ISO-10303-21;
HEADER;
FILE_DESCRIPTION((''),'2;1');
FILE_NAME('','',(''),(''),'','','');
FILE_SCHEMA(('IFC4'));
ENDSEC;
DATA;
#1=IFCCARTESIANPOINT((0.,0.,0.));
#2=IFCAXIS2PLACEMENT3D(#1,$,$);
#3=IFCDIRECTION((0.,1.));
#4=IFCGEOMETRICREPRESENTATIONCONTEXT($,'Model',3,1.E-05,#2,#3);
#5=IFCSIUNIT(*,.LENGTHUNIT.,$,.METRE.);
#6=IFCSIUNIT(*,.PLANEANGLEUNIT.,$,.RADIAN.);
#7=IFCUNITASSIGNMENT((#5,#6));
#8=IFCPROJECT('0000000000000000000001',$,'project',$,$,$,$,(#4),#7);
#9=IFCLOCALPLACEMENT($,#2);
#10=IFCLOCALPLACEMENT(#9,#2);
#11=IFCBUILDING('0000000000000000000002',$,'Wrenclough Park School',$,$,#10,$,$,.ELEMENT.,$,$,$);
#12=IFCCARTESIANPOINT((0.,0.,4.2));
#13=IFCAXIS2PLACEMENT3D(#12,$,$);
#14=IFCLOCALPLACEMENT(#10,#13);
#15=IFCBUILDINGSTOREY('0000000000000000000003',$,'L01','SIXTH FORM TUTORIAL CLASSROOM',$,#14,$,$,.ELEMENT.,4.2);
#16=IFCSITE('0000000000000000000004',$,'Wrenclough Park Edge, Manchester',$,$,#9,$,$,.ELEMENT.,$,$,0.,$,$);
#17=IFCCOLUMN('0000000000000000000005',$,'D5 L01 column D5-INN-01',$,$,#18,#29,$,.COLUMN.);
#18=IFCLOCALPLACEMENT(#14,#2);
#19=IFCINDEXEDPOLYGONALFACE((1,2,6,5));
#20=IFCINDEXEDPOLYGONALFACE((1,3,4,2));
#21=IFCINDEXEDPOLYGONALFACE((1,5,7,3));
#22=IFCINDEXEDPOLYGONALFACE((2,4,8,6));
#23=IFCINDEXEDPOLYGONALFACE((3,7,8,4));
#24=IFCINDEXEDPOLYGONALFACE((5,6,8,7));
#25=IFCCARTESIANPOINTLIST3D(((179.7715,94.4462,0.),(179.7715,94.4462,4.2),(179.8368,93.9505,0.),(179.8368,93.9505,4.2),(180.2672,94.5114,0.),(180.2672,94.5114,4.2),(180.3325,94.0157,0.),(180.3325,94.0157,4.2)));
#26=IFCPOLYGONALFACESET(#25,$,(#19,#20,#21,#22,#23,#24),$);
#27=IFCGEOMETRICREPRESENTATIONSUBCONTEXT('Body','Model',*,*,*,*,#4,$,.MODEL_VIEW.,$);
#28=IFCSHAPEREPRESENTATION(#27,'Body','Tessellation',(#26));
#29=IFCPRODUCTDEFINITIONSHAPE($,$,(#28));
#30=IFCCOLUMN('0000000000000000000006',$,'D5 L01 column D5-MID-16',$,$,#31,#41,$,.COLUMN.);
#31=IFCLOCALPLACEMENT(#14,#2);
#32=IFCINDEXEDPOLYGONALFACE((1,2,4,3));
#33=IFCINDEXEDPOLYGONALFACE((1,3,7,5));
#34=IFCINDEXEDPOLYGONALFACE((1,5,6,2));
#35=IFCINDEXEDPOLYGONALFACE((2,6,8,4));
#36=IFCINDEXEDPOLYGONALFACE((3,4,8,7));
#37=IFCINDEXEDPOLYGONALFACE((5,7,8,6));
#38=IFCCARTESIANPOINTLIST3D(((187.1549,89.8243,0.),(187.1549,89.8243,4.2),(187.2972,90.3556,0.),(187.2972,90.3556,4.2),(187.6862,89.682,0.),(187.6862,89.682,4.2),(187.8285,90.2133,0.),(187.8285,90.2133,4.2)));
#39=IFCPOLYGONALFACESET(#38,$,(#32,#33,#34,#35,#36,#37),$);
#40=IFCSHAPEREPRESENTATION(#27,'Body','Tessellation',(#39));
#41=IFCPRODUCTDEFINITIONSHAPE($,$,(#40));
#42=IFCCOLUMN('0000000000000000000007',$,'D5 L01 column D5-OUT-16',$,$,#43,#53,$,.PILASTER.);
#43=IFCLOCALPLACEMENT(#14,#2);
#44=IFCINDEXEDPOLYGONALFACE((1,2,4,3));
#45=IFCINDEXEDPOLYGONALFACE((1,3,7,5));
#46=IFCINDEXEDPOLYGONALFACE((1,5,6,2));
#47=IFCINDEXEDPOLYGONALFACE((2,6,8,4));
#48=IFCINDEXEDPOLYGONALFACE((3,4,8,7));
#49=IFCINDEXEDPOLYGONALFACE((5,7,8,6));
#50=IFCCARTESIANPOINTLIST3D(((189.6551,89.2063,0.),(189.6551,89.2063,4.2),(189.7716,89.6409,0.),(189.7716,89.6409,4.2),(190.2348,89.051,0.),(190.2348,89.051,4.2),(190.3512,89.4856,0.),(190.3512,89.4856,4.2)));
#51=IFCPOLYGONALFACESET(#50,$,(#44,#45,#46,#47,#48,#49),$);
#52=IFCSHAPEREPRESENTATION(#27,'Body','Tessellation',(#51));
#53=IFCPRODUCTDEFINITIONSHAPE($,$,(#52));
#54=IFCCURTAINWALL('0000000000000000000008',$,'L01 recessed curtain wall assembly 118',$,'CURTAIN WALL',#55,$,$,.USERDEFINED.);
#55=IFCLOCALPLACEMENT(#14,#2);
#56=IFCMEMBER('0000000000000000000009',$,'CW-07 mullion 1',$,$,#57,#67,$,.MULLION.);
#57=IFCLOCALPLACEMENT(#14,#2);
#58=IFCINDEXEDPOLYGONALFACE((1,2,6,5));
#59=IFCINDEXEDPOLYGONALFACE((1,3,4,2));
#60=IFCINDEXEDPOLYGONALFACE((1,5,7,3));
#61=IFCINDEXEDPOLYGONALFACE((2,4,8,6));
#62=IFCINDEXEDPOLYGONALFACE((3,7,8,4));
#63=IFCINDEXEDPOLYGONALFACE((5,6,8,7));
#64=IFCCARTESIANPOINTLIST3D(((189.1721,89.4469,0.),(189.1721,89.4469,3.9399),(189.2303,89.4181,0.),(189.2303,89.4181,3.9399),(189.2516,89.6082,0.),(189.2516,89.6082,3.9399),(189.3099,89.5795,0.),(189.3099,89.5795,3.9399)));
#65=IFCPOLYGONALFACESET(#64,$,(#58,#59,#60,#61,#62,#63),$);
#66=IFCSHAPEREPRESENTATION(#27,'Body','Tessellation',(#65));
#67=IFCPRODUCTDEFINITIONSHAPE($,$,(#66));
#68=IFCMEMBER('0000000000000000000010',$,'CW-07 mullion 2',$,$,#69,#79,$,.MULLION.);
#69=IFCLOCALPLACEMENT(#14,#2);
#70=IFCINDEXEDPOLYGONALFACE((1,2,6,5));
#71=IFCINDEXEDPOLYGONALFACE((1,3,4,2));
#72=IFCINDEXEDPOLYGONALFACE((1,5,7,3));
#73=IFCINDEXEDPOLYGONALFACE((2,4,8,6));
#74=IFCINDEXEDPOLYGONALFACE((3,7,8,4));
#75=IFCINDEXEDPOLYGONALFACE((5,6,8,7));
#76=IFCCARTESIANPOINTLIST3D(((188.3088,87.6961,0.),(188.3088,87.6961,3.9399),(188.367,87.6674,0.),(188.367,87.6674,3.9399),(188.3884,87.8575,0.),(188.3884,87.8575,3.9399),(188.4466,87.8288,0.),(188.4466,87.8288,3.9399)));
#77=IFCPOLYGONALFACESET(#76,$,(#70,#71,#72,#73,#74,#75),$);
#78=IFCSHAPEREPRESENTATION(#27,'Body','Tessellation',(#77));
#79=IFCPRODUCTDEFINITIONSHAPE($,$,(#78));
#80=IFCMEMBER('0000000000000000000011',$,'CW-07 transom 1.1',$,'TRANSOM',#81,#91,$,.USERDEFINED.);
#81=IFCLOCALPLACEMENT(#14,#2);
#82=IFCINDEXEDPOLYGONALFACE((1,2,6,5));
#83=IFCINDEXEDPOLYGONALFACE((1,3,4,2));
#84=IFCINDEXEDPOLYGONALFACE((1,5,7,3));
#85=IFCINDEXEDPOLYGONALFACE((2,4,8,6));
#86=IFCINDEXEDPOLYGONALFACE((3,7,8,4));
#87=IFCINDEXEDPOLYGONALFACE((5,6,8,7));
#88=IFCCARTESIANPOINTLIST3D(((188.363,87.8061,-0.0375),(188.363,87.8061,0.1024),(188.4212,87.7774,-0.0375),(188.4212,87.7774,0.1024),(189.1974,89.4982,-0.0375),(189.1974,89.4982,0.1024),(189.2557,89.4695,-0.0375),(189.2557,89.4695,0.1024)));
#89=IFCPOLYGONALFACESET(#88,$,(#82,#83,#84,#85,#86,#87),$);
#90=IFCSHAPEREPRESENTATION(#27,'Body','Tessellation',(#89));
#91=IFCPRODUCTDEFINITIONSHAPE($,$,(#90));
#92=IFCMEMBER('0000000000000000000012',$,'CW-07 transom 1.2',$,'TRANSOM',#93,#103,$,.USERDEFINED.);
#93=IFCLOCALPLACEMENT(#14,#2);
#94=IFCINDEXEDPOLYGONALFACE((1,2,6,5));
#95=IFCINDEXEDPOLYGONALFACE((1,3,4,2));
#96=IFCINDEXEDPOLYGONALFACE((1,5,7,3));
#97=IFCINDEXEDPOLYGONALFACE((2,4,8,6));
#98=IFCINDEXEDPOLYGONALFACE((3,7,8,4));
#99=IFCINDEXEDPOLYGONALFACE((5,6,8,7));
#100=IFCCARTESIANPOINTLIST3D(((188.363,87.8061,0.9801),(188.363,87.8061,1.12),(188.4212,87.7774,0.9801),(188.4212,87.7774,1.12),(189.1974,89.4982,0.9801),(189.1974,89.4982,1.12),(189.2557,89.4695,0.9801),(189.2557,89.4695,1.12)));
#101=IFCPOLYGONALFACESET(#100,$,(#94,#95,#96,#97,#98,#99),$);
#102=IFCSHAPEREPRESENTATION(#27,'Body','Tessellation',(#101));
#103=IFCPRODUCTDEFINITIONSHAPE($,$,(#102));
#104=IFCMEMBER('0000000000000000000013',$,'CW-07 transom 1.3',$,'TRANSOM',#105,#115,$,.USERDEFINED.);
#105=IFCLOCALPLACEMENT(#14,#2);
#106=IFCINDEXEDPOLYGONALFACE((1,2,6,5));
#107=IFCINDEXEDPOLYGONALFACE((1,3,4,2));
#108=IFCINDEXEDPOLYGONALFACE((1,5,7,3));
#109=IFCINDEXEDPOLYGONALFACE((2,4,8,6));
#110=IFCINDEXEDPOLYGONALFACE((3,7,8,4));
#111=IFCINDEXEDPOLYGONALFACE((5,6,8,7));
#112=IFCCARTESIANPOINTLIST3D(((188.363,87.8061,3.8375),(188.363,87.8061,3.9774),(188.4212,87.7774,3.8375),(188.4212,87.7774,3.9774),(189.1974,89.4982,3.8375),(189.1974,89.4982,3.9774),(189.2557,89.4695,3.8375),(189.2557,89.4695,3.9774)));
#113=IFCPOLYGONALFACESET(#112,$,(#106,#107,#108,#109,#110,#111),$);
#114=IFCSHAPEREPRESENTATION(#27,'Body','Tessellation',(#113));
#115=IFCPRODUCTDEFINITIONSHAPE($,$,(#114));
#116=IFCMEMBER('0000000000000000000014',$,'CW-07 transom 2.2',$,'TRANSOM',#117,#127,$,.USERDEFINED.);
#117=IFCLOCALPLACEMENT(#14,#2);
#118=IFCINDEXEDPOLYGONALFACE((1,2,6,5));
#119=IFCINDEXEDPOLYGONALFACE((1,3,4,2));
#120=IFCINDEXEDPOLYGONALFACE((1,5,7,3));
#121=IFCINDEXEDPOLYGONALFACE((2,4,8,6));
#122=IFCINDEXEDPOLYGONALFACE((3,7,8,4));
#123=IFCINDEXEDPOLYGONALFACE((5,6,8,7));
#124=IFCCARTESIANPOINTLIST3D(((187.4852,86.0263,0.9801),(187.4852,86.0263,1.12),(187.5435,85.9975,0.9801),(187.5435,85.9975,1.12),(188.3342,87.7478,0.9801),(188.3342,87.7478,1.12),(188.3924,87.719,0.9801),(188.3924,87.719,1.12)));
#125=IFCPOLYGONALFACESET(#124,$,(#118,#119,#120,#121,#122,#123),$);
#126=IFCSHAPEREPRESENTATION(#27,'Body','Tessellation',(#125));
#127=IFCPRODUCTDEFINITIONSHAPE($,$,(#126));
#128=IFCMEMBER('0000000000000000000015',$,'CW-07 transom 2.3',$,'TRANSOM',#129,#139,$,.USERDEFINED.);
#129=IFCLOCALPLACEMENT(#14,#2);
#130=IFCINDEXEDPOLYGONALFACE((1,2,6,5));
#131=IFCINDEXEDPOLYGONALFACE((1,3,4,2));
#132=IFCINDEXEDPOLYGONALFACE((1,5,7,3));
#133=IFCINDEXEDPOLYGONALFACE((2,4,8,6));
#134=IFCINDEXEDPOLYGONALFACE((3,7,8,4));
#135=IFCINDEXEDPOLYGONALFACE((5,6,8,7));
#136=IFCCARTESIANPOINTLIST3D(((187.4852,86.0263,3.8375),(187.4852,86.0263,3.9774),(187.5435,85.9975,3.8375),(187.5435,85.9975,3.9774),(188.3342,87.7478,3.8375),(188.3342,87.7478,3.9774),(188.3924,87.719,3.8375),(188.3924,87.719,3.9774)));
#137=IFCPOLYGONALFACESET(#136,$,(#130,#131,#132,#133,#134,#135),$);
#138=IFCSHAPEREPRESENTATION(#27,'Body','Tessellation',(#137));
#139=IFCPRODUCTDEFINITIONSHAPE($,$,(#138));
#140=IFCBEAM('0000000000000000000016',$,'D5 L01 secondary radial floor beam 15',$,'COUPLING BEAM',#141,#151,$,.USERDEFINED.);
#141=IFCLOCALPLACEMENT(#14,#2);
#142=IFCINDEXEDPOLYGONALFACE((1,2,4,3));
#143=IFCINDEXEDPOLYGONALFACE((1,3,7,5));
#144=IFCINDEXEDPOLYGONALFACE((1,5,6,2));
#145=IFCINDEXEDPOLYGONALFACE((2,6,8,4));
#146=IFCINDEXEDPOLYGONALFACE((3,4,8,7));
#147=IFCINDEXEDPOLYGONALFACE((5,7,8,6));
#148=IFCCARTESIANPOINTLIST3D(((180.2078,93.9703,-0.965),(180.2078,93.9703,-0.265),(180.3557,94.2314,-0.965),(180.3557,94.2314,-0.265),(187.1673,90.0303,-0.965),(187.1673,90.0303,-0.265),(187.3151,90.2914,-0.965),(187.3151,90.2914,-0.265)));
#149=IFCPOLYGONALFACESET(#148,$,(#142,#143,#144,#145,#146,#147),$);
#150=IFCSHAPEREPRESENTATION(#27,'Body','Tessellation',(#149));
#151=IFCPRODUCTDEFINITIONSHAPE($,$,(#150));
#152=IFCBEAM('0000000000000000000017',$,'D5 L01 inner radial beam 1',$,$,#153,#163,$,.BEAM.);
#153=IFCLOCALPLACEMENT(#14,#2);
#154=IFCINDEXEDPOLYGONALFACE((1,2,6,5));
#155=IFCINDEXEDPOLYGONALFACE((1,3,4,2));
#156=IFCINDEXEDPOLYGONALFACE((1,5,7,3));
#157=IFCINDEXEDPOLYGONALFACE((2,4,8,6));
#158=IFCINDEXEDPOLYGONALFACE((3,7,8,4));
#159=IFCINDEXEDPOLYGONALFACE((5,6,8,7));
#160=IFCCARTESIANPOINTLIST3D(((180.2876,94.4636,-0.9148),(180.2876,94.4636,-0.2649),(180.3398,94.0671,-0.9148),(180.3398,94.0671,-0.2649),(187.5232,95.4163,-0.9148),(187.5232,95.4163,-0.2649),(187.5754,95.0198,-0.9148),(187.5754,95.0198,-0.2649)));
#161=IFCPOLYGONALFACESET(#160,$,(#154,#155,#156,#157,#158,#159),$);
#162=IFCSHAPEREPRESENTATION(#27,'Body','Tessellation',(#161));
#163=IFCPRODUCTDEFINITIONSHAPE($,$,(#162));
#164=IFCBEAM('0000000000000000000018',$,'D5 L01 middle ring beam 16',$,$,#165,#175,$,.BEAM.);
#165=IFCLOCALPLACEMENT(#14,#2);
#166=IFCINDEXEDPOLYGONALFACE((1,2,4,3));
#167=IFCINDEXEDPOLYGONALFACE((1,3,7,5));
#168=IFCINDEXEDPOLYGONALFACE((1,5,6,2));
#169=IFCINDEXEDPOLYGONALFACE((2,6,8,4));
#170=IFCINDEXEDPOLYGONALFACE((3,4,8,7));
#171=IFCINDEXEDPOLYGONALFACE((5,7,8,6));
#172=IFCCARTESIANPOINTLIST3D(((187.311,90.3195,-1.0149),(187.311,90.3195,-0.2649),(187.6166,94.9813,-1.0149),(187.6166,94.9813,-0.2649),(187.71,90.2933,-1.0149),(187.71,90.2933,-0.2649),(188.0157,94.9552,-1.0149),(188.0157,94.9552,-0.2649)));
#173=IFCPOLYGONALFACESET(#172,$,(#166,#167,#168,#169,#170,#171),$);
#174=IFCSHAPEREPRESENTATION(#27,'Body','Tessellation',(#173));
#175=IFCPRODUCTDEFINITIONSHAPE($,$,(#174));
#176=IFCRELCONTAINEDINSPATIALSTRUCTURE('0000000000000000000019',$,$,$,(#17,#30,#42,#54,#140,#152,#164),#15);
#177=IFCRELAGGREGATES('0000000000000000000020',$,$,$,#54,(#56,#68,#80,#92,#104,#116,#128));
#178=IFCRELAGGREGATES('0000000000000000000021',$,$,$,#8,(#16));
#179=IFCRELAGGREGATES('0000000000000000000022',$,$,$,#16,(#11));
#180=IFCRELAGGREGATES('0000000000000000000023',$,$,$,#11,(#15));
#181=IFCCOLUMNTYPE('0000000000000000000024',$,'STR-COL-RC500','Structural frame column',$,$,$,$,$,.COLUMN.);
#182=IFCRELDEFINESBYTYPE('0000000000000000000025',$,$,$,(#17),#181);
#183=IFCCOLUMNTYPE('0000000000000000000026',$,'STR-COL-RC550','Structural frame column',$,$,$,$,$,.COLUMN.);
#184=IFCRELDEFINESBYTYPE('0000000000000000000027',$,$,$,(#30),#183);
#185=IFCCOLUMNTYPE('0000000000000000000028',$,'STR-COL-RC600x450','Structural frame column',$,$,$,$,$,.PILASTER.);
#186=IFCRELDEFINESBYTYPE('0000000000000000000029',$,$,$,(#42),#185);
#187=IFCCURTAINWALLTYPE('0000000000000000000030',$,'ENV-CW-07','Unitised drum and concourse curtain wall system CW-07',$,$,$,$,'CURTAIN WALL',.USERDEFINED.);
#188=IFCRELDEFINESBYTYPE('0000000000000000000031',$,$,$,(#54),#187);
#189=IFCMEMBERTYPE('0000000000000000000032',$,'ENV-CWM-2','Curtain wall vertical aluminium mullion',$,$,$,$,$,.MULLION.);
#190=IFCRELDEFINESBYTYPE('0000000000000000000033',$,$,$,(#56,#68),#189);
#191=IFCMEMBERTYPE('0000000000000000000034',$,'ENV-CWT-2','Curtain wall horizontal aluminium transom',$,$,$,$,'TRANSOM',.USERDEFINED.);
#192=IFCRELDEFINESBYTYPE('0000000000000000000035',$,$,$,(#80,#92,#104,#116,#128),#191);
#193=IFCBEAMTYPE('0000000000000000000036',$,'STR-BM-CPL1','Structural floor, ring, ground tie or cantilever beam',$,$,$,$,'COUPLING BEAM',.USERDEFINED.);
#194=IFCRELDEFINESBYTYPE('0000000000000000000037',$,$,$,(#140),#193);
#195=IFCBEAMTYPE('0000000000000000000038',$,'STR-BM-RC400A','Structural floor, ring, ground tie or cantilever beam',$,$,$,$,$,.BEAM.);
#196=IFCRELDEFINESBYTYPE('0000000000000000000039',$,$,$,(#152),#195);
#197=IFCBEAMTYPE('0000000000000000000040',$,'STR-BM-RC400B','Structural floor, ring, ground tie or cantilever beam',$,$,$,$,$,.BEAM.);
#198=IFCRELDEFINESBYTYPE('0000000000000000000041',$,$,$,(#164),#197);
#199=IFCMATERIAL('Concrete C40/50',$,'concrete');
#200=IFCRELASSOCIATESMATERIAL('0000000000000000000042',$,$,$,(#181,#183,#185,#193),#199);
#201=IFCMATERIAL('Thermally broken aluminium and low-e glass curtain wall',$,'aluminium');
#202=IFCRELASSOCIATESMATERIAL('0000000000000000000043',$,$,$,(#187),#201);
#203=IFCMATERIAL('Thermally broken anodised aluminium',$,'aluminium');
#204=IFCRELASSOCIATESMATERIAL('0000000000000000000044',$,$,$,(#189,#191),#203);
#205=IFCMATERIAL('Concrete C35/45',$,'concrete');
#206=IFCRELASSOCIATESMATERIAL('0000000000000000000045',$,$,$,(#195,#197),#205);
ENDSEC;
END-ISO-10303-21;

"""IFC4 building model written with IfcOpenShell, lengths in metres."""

from ifc_helpers import new_model, si_unit, direction, frame, origin, origin_2d, place, context, subcontext, project, spatial, rectangle, extrude, material, material_profile, profile_set, type_object, element, aggregate, save


model = new_model("IFC4")

# Units and contexts
model_context = context("Model", 3, precision=1e-05, world=origin(), true_north=direction((0.0, 1.0)))
body_context = subcontext(model_context, "Body", "Model", "MODEL_VIEW")
ifc_project = project(units=[si_unit("LENGTHUNIT", "METRE"), si_unit("PLANEANGLEUNIT", "RADIAN")], contexts=[model_context])

# Site, building, storey
site_placement = place(None, origin())
site = spatial("IfcSite", under=ifc_project, at=site_placement, Name="Wrenclough Park Edge, Manchester", CompositionType="ELEMENT", RefElevation=0.0)
building_placement = place(site_placement, origin())
building = spatial("IfcBuilding", under=site, at=building_placement, Name="Wrenclough Park School", CompositionType="ELEMENT")
storey_placement = place(building_placement, frame((0.0, 0.0, 4.2)))
storey = spatial("IfcBuildingStorey", under=building, at=storey_placement, Name="L01", Description="SIXTH FORM TUTORIAL CLASSROOM", CompositionType="ELEMENT", Elevation=4.2)

# Columns
ifc_material_1 = material(Name="Concrete C40/50", Category="concrete")
ifc_material_profile_1 = material_profile(ifc_material_1, rectangle(XDim=0.5, YDim=0.5, at=origin_2d()), Name="RC COL 500x500")
ifc_profile_set_1 = profile_set([ifc_material_profile_1], Name="Concrete C40/50")
column_type_1 = type_object("IfcColumnType", Name="STR-COL-RC500", Description="Structural frame column", PredefinedType="COLUMN", material=ifc_profile_set_1)
column_1_placement = place(storey_placement, frame((180.052, 94.231, 0.0), z_axis=(0.0, 0.0, 1.0), x_axis=(0.991445, 0.130526, 0.0)))
element("IfcColumn", 1, at=column_1_placement, inside=storey, type_object=column_type_1, Name="D5 L01 column D5-INN-01", PredefinedType="COLUMN", context=body_context, shape_type="SweptSolid", body=[
    extrude(rectangle(XDim=0.5, YDim=0.5, at=origin_2d()), origin(), (0.0, 0.0, 1.0), 4.2),
])
ifc_material_profile_2 = material_profile(ifc_material_1, rectangle(XDim=0.55, YDim=0.55, at=origin_2d()), Name="RC COL 550x550")
ifc_profile_set_2 = profile_set([ifc_material_profile_2], Name="Concrete C40/50")
column_type_2 = type_object("IfcColumnType", Name="STR-COL-RC550", Description="Structural frame column", PredefinedType="COLUMN", material=ifc_profile_set_2)
column_2_placement = place(storey_placement, frame((187.4917, 90.0188, 0.0), z_axis=(0.0, 0.0, 1.0), x_axis=(0.258819, 0.965926, 0.0)))
element("IfcColumn", 2, at=column_2_placement, inside=storey, type_object=column_type_2, Name="D5 L01 column D5-MID-16", PredefinedType="COLUMN", context=body_context, shape_type="SweptSolid", body=[
    extrude(rectangle(XDim=0.55, YDim=0.55, at=origin_2d()), origin(), (0.0, 0.0, 1.0), 4.2),
])
ifc_material_profile_3 = material_profile(ifc_material_1, rectangle(XDim=0.45, YDim=0.6001, at=origin_2d()), Name="RC COL 600x450")
ifc_profile_set_3 = profile_set([ifc_material_profile_3], Name="Concrete C40/50")
column_type_3 = type_object("IfcColumnType", Name="STR-COL-RC600x450", Description="Structural frame column", PredefinedType="PILASTER", material=ifc_profile_set_3)
column_3_placement = place(storey_placement, frame((190.0032, 89.3459, 0.0), z_axis=(0.0, 0.0, 1.0), x_axis=(0.258819, 0.965926, 0.0)))
element("IfcColumn", 3, at=column_3_placement, inside=storey, type_object=column_type_3, Name="D5 L01 column D5-OUT-16", PredefinedType="PILASTER", context=body_context, shape_type="SweptSolid", body=[
    extrude(rectangle(XDim=0.45, YDim=0.6001, at=origin_2d()), origin(), (0.0, 0.0, 1.0), 4.2),
])

# Curtain wall, members
ifc_material_2 = material(Name="Thermally broken aluminium and low-e glass curtain wall", Category="aluminium")
curtain_wall_type = type_object("IfcCurtainWallType", Name="ENV-CW-07", Description="Unitised drum and concourse curtain wall system CW-07", ElementType="CURTAIN WALL", PredefinedType="USERDEFINED", material=ifc_material_2)
curtain_wall_placement = place(storey_placement, origin())
curtain_wall = element("IfcCurtainWall", 4, at=curtain_wall_placement, inside=storey, type_object=curtain_wall_type, Name="L01 recessed curtain wall assembly 118", ObjectType="CURTAIN WALL", PredefinedType="USERDEFINED")
ifc_material_3 = material(Name="Thermally broken anodised aluminium", Category="aluminium")
ifc_material_profile_4 = material_profile(ifc_material_3, rectangle(XDim=0.0649, YDim=0.1799, at=origin_2d()), Name="AL MULLION 65x180")
ifc_profile_set_4 = profile_set([ifc_material_profile_4], Name="Thermally broken anodised aluminium")
member_type_1 = type_object("IfcMemberType", Name="ENV-CWM-2", Description="Curtain wall vertical aluminium mullion", PredefinedType="MULLION", material=ifc_profile_set_4)
member_1_placement = place(storey_placement, frame((189.241, 89.5132, 0.0), z_axis=(0.0, 0.0, 1.0), x_axis=(0.896866, -0.442302, 0.0)))
member_1 = element("IfcMember", 5, at=member_1_placement, type_object=member_type_1, Name="CW-07 mullion 1", PredefinedType="MULLION", context=body_context, shape_type="SweptSolid", body=[
    extrude(rectangle(XDim=0.0649, YDim=0.1799, at=origin_2d()), origin(), (0.0, 0.0, 1.0), 3.9399),
])
member_2_placement = place(storey_placement, frame((188.3777, 87.7625, 0.0), z_axis=(0.0, 0.0, 1.0), x_axis=(0.896866, -0.442302, 0.0)))
member_2 = element("IfcMember", 6, at=member_2_placement, type_object=member_type_1, Name="CW-07 mullion 2", PredefinedType="MULLION", context=body_context, shape_type="SweptSolid", body=[
    extrude(rectangle(XDim=0.0649, YDim=0.1799, at=origin_2d()), origin(), (0.0, 0.0, 1.0), 3.9399),
])
ifc_material_profile_5 = material_profile(ifc_material_3, rectangle(XDim=0.0649, YDim=0.1399, at=origin_2d()), Name="AL TRANSOM 65x140")
ifc_profile_set_5 = profile_set([ifc_material_profile_5], Name="Thermally broken anodised aluminium")
member_type_2 = type_object("IfcMemberType", Name="ENV-CWT-2", Description="Curtain wall horizontal aluminium transom", ElementType="TRANSOM", PredefinedType="USERDEFINED", material=ifc_profile_set_5)
member_3_placement = place(storey_placement, frame((189.2266, 89.4839, 0.0325), z_axis=(-0.44229, -0.896872, 0.0), x_axis=(0.896872, -0.44229, 0.0)))
member_3 = element("IfcMember", 7, at=member_3_placement, type_object=member_type_2, Name="CW-07 transom 1.1", ObjectType="TRANSOM", PredefinedType="USERDEFINED", context=body_context, shape_type="SweptSolid", body=[
    extrude(rectangle(XDim=0.0649, YDim=0.1399, at=origin_2d()), origin(), (0.0, 0.0, 1.0), 1.8867),
])
member_4_placement = place(storey_placement, frame((189.2266, 89.4839, 1.05), z_axis=(-0.44229, -0.896872, 0.0), x_axis=(0.896872, -0.44229, 0.0)))
member_4 = element("IfcMember", 8, at=member_4_placement, type_object=member_type_2, Name="CW-07 transom 1.2", ObjectType="TRANSOM", PredefinedType="USERDEFINED", context=body_context, shape_type="SweptSolid", body=[
    extrude(rectangle(XDim=0.0649, YDim=0.1399, at=origin_2d()), origin(), (0.0, 0.0, 1.0), 1.8867),
])
member_5_placement = place(storey_placement, frame((189.2266, 89.4839, 3.9075), z_axis=(-0.44229, -0.896872, 0.0), x_axis=(0.896872, -0.44229, 0.0)))
member_5 = element("IfcMember", 9, at=member_5_placement, type_object=member_type_2, Name="CW-07 transom 1.3", ObjectType="TRANSOM", PredefinedType="USERDEFINED", context=body_context, shape_type="SweptSolid", body=[
    extrude(rectangle(XDim=0.0649, YDim=0.1399, at=origin_2d()), origin(), (0.0, 0.0, 1.0), 1.8867),
])
member_6_placement = place(storey_placement, frame((188.3633, 87.7334, 1.05), z_axis=(-0.442271, -0.896881, 0.0), x_axis=(0.896881, -0.442271, 0.0)))
member_6 = element("IfcMember", 10, at=member_6_placement, type_object=member_type_2, Name="CW-07 transom 2.2", ObjectType="TRANSOM", PredefinedType="USERDEFINED", context=body_context, shape_type="SweptSolid", body=[
    extrude(rectangle(XDim=0.0649, YDim=0.1399, at=origin_2d()), origin(), (0.0, 0.0, 1.0), 1.9194),
])
member_7_placement = place(storey_placement, frame((188.3633, 87.7334, 3.9075), z_axis=(-0.442271, -0.896881, 0.0), x_axis=(0.896881, -0.442271, 0.0)))
member_7 = element("IfcMember", 11, at=member_7_placement, type_object=member_type_2, Name="CW-07 transom 2.3", ObjectType="TRANSOM", PredefinedType="USERDEFINED", context=body_context, shape_type="SweptSolid", body=[
    extrude(rectangle(XDim=0.0649, YDim=0.1399, at=origin_2d()), origin(), (0.0, 0.0, 1.0), 1.9194),
])

# Beams
ifc_material_profile_6 = material_profile(ifc_material_1, rectangle(XDim=0.3, YDim=0.7, at=origin_2d()), Name="RC COUPLE 300x700")
ifc_profile_set_6 = profile_set([ifc_material_profile_6], Name="Concrete C40/50")
beam_type_1 = type_object("IfcBeamType", Name="STR-BM-CPL1", Description="Structural floor, ring, ground tie or cantilever beam", ElementType="COUPLING BEAM", PredefinedType="USERDEFINED", material=ifc_profile_set_6)
beam_1_placement = place(storey_placement, frame((187.2412, 90.1609, -0.615), z_axis=(-0.870224, 0.492657, 0.0), x_axis=(-0.492657, -0.870224, 0.0)))
element("IfcBeam", 12, at=beam_1_placement, inside=storey, type_object=beam_type_1, Name="D5 L01 secondary radial floor beam 15", ObjectType="COUPLING BEAM", PredefinedType="USERDEFINED", context=body_context, shape_type="SweptSolid", body=[
    extrude(rectangle(XDim=0.3, YDim=0.7, at=origin_2d()), origin(), (0.0, 0.0, 1.0), 7.9973),
])
ifc_material_4 = material(Name="Concrete C35/45", Category="concrete")
ifc_material_profile_7 = material_profile(ifc_material_4, rectangle(XDim=0.3999, YDim=0.6499, at=origin_2d()), Name="RC BEAM 400x650")
ifc_profile_set_7 = profile_set([ifc_material_profile_7], Name="Concrete C35/45")
beam_type_2 = type_object("IfcBeamType", Name="STR-BM-RC400A", Description="Structural floor, ring, ground tie or cantilever beam", PredefinedType="BEAM", material=ifc_profile_set_7)
beam_2_placement = place(storey_placement, frame((187.5493, 95.218, -0.5898), z_axis=(-0.991444, -0.130533, 0.0), x_axis=(0.130533, -0.991444, 0.0)))
element("IfcBeam", 13, at=beam_2_placement, inside=storey, type_object=beam_type_2, Name="D5 L01 inner radial beam 1", PredefinedType="BEAM", context=body_context, shape_type="SweptSolid", body=[
    extrude(rectangle(XDim=0.3999, YDim=0.6499, at=origin_2d()), origin(), (0.0, 0.0, 1.0), 7.2981),
])
ifc_material_profile_8 = material_profile(ifc_material_4, rectangle(XDim=0.3999, YDim=0.75, at=origin_2d()), Name="RC BEAM 400x750")
ifc_profile_set_8 = profile_set([ifc_material_profile_8], Name="Concrete C35/45")
beam_type_3 = type_object("IfcBeamType", Name="STR-BM-RC400B", Description="Structural floor, ring, ground tie or cantilever beam", PredefinedType="BEAM", material=ifc_profile_set_8)
beam_3_placement = place(storey_placement, frame((187.5105, 90.3064, -0.6399), z_axis=(0.065426, 0.997857, 0.0), x_axis=(-0.997857, 0.065426, 0.0)))
element("IfcBeam", 14, at=beam_3_placement, inside=storey, type_object=beam_type_3, Name="D5 L01 middle ring beam 16", PredefinedType="BEAM", context=body_context, shape_type="SweptSolid", body=[
    extrude(rectangle(XDim=0.3999, YDim=0.75, at=origin_2d()), origin(), (0.0, 0.0, 1.0), 4.6719),
])

aggregate(curtain_wall, [member_1, member_2, member_3, member_4, member_5, member_6, member_7])

save(model, "model.ifc")
